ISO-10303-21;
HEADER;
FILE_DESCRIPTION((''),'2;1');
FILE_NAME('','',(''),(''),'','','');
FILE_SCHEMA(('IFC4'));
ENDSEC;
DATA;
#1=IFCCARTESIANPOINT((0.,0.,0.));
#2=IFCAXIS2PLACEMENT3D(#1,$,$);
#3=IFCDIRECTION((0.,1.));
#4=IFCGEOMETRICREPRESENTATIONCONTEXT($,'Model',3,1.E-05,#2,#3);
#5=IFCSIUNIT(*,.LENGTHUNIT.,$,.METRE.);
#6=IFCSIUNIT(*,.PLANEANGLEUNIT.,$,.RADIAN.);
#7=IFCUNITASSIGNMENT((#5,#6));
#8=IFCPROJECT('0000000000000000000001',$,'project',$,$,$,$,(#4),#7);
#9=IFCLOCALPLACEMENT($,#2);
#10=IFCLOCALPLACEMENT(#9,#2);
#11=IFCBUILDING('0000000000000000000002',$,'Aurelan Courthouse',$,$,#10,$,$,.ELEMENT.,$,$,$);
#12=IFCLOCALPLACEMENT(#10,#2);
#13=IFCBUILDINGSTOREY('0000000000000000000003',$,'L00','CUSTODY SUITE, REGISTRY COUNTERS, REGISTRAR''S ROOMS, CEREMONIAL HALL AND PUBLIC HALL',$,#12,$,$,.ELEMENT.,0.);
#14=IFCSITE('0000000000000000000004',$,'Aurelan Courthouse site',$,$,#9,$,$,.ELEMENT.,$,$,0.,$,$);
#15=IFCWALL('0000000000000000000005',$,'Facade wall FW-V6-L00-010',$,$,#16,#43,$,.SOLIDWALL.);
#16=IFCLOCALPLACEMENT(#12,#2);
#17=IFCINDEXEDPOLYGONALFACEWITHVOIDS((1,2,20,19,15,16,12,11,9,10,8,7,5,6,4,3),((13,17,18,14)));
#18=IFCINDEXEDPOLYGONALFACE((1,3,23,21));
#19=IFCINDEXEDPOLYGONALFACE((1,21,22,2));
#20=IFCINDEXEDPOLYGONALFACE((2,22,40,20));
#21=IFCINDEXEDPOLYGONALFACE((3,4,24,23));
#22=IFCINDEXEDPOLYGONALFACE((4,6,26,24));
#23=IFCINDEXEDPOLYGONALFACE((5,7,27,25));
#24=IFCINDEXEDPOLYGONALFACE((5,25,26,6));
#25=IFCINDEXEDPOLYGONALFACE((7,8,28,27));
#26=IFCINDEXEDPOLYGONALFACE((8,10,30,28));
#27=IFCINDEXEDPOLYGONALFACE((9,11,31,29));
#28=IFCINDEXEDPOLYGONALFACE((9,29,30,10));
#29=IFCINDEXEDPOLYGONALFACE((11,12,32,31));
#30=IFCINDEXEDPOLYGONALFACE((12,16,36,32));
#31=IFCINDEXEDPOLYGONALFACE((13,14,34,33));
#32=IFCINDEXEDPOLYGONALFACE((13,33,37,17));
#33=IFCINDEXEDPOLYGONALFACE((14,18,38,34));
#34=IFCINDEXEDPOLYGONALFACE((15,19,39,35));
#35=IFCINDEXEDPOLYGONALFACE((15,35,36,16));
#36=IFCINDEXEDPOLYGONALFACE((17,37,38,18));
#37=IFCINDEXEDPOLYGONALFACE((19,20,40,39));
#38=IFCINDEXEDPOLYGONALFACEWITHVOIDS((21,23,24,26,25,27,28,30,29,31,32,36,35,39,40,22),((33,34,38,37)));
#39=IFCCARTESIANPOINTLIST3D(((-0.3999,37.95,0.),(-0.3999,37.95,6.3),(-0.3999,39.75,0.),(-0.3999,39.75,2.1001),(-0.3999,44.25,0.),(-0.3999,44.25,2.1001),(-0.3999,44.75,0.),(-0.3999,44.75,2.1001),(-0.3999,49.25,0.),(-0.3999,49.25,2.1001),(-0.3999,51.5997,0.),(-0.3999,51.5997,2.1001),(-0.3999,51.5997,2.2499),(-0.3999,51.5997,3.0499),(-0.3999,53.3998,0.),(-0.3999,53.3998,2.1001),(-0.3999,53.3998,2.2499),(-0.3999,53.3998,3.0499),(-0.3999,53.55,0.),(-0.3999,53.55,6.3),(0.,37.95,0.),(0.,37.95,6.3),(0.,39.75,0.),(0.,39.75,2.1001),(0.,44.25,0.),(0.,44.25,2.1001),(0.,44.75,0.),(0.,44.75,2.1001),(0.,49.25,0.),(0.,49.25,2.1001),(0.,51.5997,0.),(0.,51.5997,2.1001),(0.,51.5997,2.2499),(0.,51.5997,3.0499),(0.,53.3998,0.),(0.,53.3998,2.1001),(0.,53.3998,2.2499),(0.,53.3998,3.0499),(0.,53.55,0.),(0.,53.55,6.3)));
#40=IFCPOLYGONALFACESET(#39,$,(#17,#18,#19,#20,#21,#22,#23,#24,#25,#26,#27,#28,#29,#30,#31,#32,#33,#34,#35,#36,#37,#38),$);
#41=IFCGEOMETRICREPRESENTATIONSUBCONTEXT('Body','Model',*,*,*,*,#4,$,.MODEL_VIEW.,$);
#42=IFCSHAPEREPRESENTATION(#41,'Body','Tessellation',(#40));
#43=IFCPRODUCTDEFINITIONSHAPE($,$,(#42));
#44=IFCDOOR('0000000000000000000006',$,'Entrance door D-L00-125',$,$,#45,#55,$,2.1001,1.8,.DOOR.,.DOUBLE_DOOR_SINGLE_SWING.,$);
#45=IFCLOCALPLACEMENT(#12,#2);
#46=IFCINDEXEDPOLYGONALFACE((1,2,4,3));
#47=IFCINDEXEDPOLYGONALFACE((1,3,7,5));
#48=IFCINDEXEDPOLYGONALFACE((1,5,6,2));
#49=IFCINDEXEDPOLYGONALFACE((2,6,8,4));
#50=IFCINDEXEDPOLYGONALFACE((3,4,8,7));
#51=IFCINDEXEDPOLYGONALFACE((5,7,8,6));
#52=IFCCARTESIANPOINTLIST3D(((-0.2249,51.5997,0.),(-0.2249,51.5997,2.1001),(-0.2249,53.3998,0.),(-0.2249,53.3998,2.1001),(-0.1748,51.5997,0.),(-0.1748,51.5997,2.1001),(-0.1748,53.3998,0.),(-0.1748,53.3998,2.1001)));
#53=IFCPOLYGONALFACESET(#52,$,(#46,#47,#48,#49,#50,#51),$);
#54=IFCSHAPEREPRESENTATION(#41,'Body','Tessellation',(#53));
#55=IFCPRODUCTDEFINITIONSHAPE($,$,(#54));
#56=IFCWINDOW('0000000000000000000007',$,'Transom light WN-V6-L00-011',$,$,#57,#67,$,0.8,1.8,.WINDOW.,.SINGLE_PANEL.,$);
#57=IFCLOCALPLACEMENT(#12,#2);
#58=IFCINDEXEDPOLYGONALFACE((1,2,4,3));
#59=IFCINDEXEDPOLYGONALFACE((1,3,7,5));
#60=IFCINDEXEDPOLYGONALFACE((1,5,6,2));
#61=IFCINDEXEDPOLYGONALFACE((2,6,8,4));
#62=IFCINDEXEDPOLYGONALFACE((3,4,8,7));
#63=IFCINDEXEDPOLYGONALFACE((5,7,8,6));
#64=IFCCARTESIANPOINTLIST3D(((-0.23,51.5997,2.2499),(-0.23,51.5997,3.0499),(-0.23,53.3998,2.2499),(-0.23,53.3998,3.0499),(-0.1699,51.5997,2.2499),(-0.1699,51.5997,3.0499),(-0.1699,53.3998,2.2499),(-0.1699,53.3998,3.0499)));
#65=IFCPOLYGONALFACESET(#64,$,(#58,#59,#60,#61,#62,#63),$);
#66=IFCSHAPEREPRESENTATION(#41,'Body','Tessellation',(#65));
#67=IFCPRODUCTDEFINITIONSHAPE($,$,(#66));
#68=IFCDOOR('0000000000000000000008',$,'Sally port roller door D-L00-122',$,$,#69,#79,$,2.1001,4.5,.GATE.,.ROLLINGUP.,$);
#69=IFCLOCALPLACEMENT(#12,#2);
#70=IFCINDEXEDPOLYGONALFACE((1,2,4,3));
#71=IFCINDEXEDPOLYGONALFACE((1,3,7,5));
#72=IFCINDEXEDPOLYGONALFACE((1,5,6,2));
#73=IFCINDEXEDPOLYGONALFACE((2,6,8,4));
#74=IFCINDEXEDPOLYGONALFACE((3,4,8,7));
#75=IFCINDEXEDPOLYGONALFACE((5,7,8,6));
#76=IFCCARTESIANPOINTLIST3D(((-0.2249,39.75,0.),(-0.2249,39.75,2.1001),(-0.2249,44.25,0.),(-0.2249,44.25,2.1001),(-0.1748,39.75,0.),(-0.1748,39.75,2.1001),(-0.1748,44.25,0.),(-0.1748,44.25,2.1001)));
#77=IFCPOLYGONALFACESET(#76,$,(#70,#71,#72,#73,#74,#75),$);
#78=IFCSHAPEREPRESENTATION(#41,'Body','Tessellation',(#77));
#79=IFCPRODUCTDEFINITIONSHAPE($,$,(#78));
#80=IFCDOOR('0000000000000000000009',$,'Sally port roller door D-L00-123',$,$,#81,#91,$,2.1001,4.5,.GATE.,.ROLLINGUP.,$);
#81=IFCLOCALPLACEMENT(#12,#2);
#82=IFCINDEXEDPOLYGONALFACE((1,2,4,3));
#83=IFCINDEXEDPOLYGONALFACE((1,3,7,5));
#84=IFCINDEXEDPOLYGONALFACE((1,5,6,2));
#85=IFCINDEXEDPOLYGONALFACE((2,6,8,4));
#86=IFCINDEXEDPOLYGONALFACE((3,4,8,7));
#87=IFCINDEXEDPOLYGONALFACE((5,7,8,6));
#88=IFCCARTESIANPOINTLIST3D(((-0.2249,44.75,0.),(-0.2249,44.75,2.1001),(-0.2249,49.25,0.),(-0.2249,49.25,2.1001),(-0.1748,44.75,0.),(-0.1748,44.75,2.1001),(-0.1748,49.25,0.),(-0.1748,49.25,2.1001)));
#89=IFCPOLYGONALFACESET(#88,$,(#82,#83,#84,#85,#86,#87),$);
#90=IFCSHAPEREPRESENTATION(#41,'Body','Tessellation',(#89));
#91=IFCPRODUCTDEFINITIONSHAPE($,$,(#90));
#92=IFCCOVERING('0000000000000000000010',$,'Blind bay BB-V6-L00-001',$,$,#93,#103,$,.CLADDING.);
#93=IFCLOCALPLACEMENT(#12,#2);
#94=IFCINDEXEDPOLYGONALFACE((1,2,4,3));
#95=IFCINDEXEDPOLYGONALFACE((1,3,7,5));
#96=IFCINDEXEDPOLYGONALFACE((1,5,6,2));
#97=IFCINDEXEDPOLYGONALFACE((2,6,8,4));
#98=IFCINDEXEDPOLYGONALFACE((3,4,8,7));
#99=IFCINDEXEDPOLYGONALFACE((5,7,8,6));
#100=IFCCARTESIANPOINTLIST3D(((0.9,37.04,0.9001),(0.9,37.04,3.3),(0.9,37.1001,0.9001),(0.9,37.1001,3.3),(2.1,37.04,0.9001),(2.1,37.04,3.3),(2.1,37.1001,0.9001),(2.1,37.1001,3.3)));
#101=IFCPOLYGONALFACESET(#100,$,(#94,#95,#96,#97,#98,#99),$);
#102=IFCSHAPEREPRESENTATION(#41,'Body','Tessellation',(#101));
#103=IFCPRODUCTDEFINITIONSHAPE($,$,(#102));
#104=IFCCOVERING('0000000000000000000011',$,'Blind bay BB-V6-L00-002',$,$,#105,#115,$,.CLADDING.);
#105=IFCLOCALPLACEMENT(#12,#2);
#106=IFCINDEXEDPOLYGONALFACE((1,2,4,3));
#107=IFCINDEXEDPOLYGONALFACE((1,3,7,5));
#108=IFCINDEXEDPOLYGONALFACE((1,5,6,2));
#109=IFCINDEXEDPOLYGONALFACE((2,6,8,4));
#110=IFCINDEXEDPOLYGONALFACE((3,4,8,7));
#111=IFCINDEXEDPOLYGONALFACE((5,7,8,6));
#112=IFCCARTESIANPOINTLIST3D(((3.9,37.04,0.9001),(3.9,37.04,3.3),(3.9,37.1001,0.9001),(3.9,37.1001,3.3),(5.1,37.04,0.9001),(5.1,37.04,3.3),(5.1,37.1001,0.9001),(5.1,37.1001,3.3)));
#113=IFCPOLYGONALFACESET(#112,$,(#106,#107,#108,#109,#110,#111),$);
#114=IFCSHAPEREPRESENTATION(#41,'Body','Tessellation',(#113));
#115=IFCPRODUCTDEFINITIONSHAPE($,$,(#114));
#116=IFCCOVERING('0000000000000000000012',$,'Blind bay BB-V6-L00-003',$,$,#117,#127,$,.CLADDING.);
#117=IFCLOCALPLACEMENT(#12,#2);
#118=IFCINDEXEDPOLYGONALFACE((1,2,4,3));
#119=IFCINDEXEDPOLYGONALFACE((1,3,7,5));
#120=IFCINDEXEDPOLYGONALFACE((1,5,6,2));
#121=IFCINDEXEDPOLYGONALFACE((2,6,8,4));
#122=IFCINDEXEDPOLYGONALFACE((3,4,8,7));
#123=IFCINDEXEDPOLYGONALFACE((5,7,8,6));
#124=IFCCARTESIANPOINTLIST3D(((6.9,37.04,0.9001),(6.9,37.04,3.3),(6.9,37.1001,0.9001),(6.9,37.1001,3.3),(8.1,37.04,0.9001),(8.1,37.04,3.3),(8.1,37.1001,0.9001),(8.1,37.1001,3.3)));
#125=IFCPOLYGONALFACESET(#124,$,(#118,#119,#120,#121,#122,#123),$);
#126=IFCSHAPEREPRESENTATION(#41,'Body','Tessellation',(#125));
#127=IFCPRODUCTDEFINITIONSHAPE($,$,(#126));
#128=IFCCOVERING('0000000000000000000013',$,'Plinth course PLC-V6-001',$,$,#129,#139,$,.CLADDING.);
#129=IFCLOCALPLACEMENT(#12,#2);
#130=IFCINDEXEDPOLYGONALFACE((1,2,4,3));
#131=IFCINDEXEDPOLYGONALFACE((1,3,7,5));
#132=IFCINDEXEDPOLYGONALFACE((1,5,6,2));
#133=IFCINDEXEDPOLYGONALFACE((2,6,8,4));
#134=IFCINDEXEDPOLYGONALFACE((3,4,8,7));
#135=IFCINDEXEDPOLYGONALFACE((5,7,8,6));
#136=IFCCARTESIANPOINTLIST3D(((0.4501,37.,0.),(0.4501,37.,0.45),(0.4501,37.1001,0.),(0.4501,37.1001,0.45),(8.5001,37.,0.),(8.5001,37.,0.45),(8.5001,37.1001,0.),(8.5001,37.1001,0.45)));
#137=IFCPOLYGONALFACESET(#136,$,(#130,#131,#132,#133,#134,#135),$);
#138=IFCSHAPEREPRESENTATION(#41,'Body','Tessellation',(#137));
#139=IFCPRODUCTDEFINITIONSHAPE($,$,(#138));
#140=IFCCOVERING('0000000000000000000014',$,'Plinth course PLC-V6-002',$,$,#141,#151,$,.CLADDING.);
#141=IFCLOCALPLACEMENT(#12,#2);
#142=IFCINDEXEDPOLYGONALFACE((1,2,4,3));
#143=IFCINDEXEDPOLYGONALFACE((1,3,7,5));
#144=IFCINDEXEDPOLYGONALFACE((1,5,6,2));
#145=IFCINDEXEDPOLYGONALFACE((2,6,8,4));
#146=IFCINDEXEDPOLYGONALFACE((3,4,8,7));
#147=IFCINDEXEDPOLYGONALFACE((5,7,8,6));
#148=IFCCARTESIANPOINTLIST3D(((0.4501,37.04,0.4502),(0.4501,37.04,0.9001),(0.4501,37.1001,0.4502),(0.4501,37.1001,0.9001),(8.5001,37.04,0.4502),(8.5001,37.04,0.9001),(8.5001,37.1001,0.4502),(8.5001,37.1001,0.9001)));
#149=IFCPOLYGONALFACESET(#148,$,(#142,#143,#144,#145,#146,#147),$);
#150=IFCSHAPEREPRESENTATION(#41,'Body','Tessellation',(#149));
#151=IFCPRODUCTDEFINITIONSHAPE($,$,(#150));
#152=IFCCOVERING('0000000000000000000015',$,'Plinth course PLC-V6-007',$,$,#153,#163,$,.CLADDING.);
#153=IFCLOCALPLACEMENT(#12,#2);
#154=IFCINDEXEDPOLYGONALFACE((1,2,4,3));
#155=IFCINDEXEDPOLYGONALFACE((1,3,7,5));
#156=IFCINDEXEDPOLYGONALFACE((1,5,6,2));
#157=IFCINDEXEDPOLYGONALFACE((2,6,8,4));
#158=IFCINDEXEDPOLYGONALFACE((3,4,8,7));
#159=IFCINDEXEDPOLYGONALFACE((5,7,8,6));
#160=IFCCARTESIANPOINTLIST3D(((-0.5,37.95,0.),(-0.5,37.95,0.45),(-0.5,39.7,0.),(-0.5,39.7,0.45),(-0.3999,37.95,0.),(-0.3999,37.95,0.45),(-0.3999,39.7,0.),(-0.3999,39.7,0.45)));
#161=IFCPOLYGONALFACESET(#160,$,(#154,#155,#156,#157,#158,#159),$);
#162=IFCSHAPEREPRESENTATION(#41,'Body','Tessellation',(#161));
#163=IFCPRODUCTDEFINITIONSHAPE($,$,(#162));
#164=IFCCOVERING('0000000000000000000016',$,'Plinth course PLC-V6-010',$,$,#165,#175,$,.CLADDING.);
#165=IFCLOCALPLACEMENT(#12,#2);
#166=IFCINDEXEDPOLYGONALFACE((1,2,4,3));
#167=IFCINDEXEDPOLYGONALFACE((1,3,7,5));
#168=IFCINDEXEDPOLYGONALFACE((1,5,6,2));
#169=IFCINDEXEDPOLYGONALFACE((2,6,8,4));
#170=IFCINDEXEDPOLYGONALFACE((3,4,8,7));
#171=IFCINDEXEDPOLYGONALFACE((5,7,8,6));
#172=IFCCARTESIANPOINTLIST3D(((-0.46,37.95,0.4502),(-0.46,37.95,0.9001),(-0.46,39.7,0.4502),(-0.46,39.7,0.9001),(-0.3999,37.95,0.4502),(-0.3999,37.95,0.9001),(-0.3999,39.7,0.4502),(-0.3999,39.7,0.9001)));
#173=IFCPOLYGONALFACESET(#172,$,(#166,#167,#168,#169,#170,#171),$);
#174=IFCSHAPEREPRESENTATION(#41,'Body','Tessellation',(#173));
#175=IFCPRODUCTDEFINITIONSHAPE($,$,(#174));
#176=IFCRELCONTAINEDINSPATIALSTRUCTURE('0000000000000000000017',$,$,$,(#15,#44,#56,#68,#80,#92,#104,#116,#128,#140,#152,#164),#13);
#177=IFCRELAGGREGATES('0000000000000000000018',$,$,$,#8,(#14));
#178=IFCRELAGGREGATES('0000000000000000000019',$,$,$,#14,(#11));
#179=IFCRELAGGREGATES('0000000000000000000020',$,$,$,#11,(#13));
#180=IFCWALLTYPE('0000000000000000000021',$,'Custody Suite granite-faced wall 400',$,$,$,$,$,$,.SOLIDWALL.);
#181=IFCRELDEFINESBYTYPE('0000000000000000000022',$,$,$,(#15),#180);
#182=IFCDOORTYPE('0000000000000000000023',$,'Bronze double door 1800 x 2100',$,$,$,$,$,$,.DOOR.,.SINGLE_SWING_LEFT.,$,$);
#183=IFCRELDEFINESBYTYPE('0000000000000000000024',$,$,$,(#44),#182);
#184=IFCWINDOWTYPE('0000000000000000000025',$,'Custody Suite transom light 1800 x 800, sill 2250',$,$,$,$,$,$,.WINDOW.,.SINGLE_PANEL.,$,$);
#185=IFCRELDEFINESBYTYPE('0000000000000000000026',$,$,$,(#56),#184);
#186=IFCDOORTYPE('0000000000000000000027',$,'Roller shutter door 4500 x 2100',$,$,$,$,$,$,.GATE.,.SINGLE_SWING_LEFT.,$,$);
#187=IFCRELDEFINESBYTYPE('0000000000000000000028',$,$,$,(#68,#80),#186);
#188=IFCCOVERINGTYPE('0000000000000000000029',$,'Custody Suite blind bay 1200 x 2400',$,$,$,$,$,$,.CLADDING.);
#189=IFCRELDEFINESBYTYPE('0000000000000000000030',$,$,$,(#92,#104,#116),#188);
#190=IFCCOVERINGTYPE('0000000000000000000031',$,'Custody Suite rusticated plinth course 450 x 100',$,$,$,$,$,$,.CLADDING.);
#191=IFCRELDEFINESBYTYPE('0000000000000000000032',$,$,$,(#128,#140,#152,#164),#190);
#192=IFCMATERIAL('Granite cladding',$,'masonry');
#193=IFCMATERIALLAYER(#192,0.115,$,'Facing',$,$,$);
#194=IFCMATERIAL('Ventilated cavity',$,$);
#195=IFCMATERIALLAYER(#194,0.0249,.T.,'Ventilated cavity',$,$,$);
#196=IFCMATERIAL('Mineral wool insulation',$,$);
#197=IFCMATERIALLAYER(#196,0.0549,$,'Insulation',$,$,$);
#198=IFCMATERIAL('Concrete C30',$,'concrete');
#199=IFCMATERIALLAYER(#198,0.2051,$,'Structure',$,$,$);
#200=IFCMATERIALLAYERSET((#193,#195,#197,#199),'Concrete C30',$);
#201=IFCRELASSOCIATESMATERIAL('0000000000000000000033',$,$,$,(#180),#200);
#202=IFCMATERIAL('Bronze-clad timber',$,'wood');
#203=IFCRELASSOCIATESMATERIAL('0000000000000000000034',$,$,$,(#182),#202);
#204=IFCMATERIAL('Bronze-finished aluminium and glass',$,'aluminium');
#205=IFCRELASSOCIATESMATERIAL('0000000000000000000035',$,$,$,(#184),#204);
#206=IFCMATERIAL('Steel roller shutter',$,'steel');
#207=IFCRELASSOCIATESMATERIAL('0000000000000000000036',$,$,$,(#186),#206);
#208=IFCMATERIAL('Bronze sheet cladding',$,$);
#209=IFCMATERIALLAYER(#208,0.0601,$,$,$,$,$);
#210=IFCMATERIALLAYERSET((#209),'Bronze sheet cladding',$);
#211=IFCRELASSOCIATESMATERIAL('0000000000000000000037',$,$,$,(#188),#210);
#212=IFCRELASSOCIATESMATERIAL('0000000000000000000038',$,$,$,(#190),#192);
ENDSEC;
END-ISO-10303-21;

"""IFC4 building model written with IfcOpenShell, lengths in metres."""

from ifc_helpers import new_model, si_unit, direction, frame, frame_2d, origin, origin_2d, place, context, subcontext, project, spatial, rectangle, extrude, material, layer, layer_set, type_object, element, fill, save


model = new_model("IFC4")

# Units and contexts
model_context = context("Model", 3, precision=1e-05, world=origin(), true_north=direction((0.0, 1.0)))
body_context = subcontext(model_context, "Body", "Model", "MODEL_VIEW")
ifc_project = project(units=[si_unit("LENGTHUNIT", "METRE"), si_unit("PLANEANGLEUNIT", "RADIAN")], contexts=[model_context])

# Site, building, storey
site_placement = place(None, origin())
site = spatial("IfcSite", under=ifc_project, at=site_placement, Name="Aurelan Courthouse site", CompositionType="ELEMENT", RefElevation=0.0)
building_placement = place(site_placement, origin())
building = spatial("IfcBuilding", under=site, at=building_placement, Name="Aurelan Courthouse", CompositionType="ELEMENT")
storey_placement = place(building_placement, origin())
storey = spatial("IfcBuildingStorey", under=building, at=storey_placement, Name="L00", Description="CUSTODY SUITE, REGISTRY COUNTERS, REGISTRAR'S ROOMS, CEREMONIAL HALL AND PUBLIC HALL", CompositionType="ELEMENT", Elevation=0.0)

# Shared definitions
ifc_material_1 = material(Name="Granite cladding", Category="masonry")
ifc_layer_1 = layer(ifc_material_1, 0.115, Name="Facing")
ifc_material_2 = material(Name="Ventilated cavity")
ifc_layer_2 = layer(ifc_material_2, 0.0249, ventilated=True, Name="Ventilated cavity")
ifc_material_3 = material(Name="Mineral wool insulation")
ifc_layer_3 = layer(ifc_material_3, 0.0549, Name="Insulation")
ifc_material_4 = material(Name="Concrete C30", Category="concrete")
ifc_layer_4 = layer(ifc_material_4, 0.2051, Name="Structure")
ifc_layer_set_1 = layer_set([ifc_layer_1, ifc_layer_2, ifc_layer_3, ifc_layer_4], Name="Concrete C30")
wall_type = type_object("IfcWallType", Name="Custody Suite granite-faced wall 400", PredefinedType="SOLIDWALL", material=ifc_layer_set_1)

# Wall, openings, doors, window
wall_1_placement = place(storey_placement, frame((-0.2, 37.95, 0.0), z_axis=(0.0, 0.0, 1.0), x_axis=(0.0, 1.0, 0.0)))
wall_1 = element("IfcWall", 1, at=wall_1_placement, inside=storey, type_object=wall_type, Name="Facade wall FW-V6-L00-010", PredefinedType="SOLIDWALL", context=body_context, shape_type="SweptSolid", body=[
    extrude(rectangle(XDim=15.6001, YDim=0.3999, at=frame_2d((7.8, 0.0))), origin(), (0.0, 0.0, 1.0), 6.3),
])
opening_1_placement = place(wall_1_placement, frame((1.8, 0.0, 0.0)))
opening_1 = element("IfcOpeningElement", 2, at=opening_1_placement, cuts=wall_1, PredefinedType="OPENING", context=body_context, shape_type="SweptSolid", body=[
    extrude(rectangle(XDim=4.5, YDim=2.1001, at=frame_2d((2.25, 1.05))), frame((0.0, 0.21, 0.0), z_axis=(0.0, -1.0, 0.0), x_axis=(1.0, 0.0, 0.0)), (0.0, 0.0, 1.0), 0.4199),
])
opening_2_placement = place(wall_1_placement, frame((6.8, 0.0, 0.0)))
opening_2 = element("IfcOpeningElement", 3, at=opening_2_placement, cuts=wall_1, PredefinedType="OPENING", context=body_context, shape_type="SweptSolid", body=[
    extrude(rectangle(XDim=4.5, YDim=2.1001, at=frame_2d((2.25, 1.05))), frame((0.0, 0.21, 0.0), z_axis=(0.0, -1.0, 0.0), x_axis=(1.0, 0.0, 0.0)), (0.0, 0.0, 1.0), 0.4199),
])
opening_3_placement = place(wall_1_placement, frame((13.6499, 0.0, 0.0)))
opening_3 = element("IfcOpeningElement", 4, at=opening_3_placement, cuts=wall_1, PredefinedType="OPENING", context=body_context, shape_type="SweptSolid", body=[
    extrude(rectangle(XDim=1.8, YDim=2.1001, at=frame_2d((0.8999, 1.05))), frame((0.0, 0.21, 0.0), z_axis=(0.0, -1.0, 0.0), x_axis=(1.0, 0.0, 0.0)), (0.0, 0.0, 1.0), 0.4199),
])
opening_4_placement = place(wall_1_placement, frame((13.6499, 0.0, 2.25)))
opening_4 = element("IfcOpeningElement", 5, at=opening_4_placement, cuts=wall_1, PredefinedType="OPENING", context=body_context, shape_type="SweptSolid", body=[
    extrude(rectangle(XDim=1.8, YDim=0.8, at=frame_2d((0.8999, 0.3999))), frame((0.0, 0.21, 0.0), z_axis=(0.0, -1.0, 0.0), x_axis=(1.0, 0.0, 0.0)), (0.0, 0.0, 1.0), 0.4199),
])
ifc_material_5 = material(Name="Bronze-clad timber", Category="wood")
door_type_1 = type_object("IfcDoorType", Name="Bronze double door 1800 x 2100", OperationType="SINGLE_SWING_LEFT", PredefinedType="DOOR", material=ifc_material_5)
door_1_placement = place(opening_3_placement, origin())
door_1 = element("IfcDoor", 6, at=door_1_placement, inside=storey, type_object=door_type_1, Name="Entrance door D-L00-125", OperationType="DOUBLE_DOOR_SINGLE_SWING", OverallHeight=2.1001, OverallWidth=1.8, PredefinedType="DOOR", context=body_context, shape_type="SweptSolid", body=[
    extrude(rectangle(XDim=1.8, YDim=2.1001, at=frame_2d((0.8999, 1.05))), frame((0.0, 0.0249, 0.0), z_axis=(0.0, -1.0, 0.0), x_axis=(1.0, 0.0, 0.0)), (0.0, 0.0, 1.0), 0.05),
])
fill(opening_3, door_1)
ifc_material_6 = material(Name="Bronze-finished aluminium and glass", Category="aluminium")
window_type = type_object("IfcWindowType", Name="Custody Suite transom light 1800 x 800, sill 2250", PartitioningType="SINGLE_PANEL", PredefinedType="WINDOW", material=ifc_material_6)
window_placement = place(opening_4_placement, origin())
window = element("IfcWindow", 7, at=window_placement, inside=storey, type_object=window_type, Name="Transom light WN-V6-L00-011", OverallHeight=0.8, OverallWidth=1.8, PartitioningType="SINGLE_PANEL", PredefinedType="WINDOW", context=body_context, shape_type="SweptSolid", body=[
    extrude(rectangle(XDim=1.8, YDim=0.8, at=frame_2d((0.8999, 0.3999))), frame((0.0, 0.03, 0.0), z_axis=(0.0, -1.0, 0.0), x_axis=(1.0, 0.0, 0.0)), (0.0, 0.0, 1.0), 0.0601),
])
fill(opening_4, window)
ifc_material_7 = material(Name="Steel roller shutter", Category="steel")
door_type_2 = type_object("IfcDoorType", Name="Roller shutter door 4500 x 2100", OperationType="SINGLE_SWING_LEFT", PredefinedType="GATE", material=ifc_material_7)
door_2_placement = place(opening_1_placement, origin())
door_2 = element("IfcDoor", 8, at=door_2_placement, inside=storey, type_object=door_type_2, Name="Sally port roller door D-L00-122", OperationType="ROLLINGUP", OverallHeight=2.1001, OverallWidth=4.5, PredefinedType="GATE", context=body_context, shape_type="SweptSolid", body=[
    extrude(rectangle(XDim=4.5, YDim=2.1001, at=frame_2d((2.25, 1.05))), frame((0.0, 0.0249, 0.0), z_axis=(0.0, -1.0, 0.0), x_axis=(1.0, 0.0, 0.0)), (0.0, 0.0, 1.0), 0.05),
])
fill(opening_1, door_2)
door_3_placement = place(opening_2_placement, origin())
door_3 = element("IfcDoor", 9, at=door_3_placement, inside=storey, type_object=door_type_2, Name="Sally port roller door D-L00-123", OperationType="ROLLINGUP", OverallHeight=2.1001, OverallWidth=4.5, PredefinedType="GATE", context=body_context, shape_type="SweptSolid", body=[
    extrude(rectangle(XDim=4.5, YDim=2.1001, at=frame_2d((2.25, 1.05))), frame((0.0, 0.0249, 0.0), z_axis=(0.0, -1.0, 0.0), x_axis=(1.0, 0.0, 0.0)), (0.0, 0.0, 1.0), 0.05),
])
fill(opening_2, door_3)

# Coverings
ifc_material_8 = material(Name="Bronze sheet cladding")
ifc_layer_5 = layer(ifc_material_8, 0.0601)
ifc_layer_set_2 = layer_set([ifc_layer_5], Name="Bronze sheet cladding")
covering_type_1 = type_object("IfcCoveringType", Name="Custody Suite blind bay 1200 x 2400", PredefinedType="CLADDING", material=ifc_layer_set_2)
for number, where, z_axis, x_axis, name in (
    (10, (1.5, 37.0701, 0.9001), (0.0, 0.0, 1.0), (1.0, 0.0, 0.0), "Blind bay BB-V6-L00-001"),
    (11, (4.5, 37.0701, 0.9001), (0.0, 0.0, 1.0), (1.0, 0.0, 0.0), "Blind bay BB-V6-L00-002"),
    (12, (7.5, 37.0701, 0.9001), (0.0, 0.0, 1.0), (1.0, 0.0, 0.0), "Blind bay BB-V6-L00-003"),
):
    element("IfcCovering", number, at=place(storey_placement, frame(where, z_axis=z_axis, x_axis=x_axis)), inside=storey, type_object=covering_type_1, Name=name, PredefinedType="CLADDING", context=body_context, shape_type="SweptSolid", body=[
        extrude(rectangle(XDim=1.2, YDim=0.0601, at=origin_2d()), origin(), (0.0, 0.0, 1.0), 2.3999),
    ])
covering_type_2 = type_object("IfcCoveringType", Name="Custody Suite rusticated plinth course 450 x 100", PredefinedType="CLADDING", material=ifc_material_1)
covering_1_placement = place(storey_placement, frame((4.4751, 37.05, 0.0), z_axis=(0.0, 0.0, 1.0), x_axis=(1.0, 0.0, 0.0)))
element("IfcCovering", 13, at=covering_1_placement, inside=storey, type_object=covering_type_2, Name="Plinth course PLC-V6-001", PredefinedType="CLADDING", context=body_context, shape_type="SweptSolid", body=[
    extrude(rectangle(XDim=8.05, YDim=0.1001, at=origin_2d()), origin(), (0.0, 0.0, 1.0), 0.45),
])
covering_2_placement = place(storey_placement, frame((4.4751, 37.0701, 0.4502), z_axis=(0.0, 0.0, 1.0), x_axis=(1.0, 0.0, 0.0)))
element("IfcCovering", 14, at=covering_2_placement, inside=storey, type_object=covering_type_2, Name="Plinth course PLC-V6-002", PredefinedType="CLADDING", context=body_context, shape_type="SweptSolid", body=[
    extrude(rectangle(XDim=8.05, YDim=0.0601, at=origin_2d()), origin(), (0.0, 0.0, 1.0), 0.45),
])
covering_3_placement = place(storey_placement, frame((-0.45, 38.825, 0.0), z_axis=(0.0, 0.0, 1.0), x_axis=(1.0, 0.0, 0.0)))
element("IfcCovering", 15, at=covering_3_placement, inside=storey, type_object=covering_type_2, Name="Plinth course PLC-V6-007", PredefinedType="CLADDING", context=body_context, shape_type="SweptSolid", body=[
    extrude(rectangle(XDim=0.1001, YDim=1.75, at=origin_2d()), origin(), (0.0, 0.0, 1.0), 0.45),
])
covering_4_placement = place(storey_placement, frame((-0.4299, 38.825, 0.4502), z_axis=(0.0, 0.0, 1.0), x_axis=(1.0, 0.0, 0.0)))
element("IfcCovering", 16, at=covering_4_placement, inside=storey, type_object=covering_type_2, Name="Plinth course PLC-V6-010", PredefinedType="CLADDING", context=body_context, shape_type="SweptSolid", body=[
    extrude(rectangle(XDim=0.0601, YDim=1.75, at=origin_2d()), origin(), (0.0, 0.0, 1.0), 0.45),
])

save(model, "model.ifc")
